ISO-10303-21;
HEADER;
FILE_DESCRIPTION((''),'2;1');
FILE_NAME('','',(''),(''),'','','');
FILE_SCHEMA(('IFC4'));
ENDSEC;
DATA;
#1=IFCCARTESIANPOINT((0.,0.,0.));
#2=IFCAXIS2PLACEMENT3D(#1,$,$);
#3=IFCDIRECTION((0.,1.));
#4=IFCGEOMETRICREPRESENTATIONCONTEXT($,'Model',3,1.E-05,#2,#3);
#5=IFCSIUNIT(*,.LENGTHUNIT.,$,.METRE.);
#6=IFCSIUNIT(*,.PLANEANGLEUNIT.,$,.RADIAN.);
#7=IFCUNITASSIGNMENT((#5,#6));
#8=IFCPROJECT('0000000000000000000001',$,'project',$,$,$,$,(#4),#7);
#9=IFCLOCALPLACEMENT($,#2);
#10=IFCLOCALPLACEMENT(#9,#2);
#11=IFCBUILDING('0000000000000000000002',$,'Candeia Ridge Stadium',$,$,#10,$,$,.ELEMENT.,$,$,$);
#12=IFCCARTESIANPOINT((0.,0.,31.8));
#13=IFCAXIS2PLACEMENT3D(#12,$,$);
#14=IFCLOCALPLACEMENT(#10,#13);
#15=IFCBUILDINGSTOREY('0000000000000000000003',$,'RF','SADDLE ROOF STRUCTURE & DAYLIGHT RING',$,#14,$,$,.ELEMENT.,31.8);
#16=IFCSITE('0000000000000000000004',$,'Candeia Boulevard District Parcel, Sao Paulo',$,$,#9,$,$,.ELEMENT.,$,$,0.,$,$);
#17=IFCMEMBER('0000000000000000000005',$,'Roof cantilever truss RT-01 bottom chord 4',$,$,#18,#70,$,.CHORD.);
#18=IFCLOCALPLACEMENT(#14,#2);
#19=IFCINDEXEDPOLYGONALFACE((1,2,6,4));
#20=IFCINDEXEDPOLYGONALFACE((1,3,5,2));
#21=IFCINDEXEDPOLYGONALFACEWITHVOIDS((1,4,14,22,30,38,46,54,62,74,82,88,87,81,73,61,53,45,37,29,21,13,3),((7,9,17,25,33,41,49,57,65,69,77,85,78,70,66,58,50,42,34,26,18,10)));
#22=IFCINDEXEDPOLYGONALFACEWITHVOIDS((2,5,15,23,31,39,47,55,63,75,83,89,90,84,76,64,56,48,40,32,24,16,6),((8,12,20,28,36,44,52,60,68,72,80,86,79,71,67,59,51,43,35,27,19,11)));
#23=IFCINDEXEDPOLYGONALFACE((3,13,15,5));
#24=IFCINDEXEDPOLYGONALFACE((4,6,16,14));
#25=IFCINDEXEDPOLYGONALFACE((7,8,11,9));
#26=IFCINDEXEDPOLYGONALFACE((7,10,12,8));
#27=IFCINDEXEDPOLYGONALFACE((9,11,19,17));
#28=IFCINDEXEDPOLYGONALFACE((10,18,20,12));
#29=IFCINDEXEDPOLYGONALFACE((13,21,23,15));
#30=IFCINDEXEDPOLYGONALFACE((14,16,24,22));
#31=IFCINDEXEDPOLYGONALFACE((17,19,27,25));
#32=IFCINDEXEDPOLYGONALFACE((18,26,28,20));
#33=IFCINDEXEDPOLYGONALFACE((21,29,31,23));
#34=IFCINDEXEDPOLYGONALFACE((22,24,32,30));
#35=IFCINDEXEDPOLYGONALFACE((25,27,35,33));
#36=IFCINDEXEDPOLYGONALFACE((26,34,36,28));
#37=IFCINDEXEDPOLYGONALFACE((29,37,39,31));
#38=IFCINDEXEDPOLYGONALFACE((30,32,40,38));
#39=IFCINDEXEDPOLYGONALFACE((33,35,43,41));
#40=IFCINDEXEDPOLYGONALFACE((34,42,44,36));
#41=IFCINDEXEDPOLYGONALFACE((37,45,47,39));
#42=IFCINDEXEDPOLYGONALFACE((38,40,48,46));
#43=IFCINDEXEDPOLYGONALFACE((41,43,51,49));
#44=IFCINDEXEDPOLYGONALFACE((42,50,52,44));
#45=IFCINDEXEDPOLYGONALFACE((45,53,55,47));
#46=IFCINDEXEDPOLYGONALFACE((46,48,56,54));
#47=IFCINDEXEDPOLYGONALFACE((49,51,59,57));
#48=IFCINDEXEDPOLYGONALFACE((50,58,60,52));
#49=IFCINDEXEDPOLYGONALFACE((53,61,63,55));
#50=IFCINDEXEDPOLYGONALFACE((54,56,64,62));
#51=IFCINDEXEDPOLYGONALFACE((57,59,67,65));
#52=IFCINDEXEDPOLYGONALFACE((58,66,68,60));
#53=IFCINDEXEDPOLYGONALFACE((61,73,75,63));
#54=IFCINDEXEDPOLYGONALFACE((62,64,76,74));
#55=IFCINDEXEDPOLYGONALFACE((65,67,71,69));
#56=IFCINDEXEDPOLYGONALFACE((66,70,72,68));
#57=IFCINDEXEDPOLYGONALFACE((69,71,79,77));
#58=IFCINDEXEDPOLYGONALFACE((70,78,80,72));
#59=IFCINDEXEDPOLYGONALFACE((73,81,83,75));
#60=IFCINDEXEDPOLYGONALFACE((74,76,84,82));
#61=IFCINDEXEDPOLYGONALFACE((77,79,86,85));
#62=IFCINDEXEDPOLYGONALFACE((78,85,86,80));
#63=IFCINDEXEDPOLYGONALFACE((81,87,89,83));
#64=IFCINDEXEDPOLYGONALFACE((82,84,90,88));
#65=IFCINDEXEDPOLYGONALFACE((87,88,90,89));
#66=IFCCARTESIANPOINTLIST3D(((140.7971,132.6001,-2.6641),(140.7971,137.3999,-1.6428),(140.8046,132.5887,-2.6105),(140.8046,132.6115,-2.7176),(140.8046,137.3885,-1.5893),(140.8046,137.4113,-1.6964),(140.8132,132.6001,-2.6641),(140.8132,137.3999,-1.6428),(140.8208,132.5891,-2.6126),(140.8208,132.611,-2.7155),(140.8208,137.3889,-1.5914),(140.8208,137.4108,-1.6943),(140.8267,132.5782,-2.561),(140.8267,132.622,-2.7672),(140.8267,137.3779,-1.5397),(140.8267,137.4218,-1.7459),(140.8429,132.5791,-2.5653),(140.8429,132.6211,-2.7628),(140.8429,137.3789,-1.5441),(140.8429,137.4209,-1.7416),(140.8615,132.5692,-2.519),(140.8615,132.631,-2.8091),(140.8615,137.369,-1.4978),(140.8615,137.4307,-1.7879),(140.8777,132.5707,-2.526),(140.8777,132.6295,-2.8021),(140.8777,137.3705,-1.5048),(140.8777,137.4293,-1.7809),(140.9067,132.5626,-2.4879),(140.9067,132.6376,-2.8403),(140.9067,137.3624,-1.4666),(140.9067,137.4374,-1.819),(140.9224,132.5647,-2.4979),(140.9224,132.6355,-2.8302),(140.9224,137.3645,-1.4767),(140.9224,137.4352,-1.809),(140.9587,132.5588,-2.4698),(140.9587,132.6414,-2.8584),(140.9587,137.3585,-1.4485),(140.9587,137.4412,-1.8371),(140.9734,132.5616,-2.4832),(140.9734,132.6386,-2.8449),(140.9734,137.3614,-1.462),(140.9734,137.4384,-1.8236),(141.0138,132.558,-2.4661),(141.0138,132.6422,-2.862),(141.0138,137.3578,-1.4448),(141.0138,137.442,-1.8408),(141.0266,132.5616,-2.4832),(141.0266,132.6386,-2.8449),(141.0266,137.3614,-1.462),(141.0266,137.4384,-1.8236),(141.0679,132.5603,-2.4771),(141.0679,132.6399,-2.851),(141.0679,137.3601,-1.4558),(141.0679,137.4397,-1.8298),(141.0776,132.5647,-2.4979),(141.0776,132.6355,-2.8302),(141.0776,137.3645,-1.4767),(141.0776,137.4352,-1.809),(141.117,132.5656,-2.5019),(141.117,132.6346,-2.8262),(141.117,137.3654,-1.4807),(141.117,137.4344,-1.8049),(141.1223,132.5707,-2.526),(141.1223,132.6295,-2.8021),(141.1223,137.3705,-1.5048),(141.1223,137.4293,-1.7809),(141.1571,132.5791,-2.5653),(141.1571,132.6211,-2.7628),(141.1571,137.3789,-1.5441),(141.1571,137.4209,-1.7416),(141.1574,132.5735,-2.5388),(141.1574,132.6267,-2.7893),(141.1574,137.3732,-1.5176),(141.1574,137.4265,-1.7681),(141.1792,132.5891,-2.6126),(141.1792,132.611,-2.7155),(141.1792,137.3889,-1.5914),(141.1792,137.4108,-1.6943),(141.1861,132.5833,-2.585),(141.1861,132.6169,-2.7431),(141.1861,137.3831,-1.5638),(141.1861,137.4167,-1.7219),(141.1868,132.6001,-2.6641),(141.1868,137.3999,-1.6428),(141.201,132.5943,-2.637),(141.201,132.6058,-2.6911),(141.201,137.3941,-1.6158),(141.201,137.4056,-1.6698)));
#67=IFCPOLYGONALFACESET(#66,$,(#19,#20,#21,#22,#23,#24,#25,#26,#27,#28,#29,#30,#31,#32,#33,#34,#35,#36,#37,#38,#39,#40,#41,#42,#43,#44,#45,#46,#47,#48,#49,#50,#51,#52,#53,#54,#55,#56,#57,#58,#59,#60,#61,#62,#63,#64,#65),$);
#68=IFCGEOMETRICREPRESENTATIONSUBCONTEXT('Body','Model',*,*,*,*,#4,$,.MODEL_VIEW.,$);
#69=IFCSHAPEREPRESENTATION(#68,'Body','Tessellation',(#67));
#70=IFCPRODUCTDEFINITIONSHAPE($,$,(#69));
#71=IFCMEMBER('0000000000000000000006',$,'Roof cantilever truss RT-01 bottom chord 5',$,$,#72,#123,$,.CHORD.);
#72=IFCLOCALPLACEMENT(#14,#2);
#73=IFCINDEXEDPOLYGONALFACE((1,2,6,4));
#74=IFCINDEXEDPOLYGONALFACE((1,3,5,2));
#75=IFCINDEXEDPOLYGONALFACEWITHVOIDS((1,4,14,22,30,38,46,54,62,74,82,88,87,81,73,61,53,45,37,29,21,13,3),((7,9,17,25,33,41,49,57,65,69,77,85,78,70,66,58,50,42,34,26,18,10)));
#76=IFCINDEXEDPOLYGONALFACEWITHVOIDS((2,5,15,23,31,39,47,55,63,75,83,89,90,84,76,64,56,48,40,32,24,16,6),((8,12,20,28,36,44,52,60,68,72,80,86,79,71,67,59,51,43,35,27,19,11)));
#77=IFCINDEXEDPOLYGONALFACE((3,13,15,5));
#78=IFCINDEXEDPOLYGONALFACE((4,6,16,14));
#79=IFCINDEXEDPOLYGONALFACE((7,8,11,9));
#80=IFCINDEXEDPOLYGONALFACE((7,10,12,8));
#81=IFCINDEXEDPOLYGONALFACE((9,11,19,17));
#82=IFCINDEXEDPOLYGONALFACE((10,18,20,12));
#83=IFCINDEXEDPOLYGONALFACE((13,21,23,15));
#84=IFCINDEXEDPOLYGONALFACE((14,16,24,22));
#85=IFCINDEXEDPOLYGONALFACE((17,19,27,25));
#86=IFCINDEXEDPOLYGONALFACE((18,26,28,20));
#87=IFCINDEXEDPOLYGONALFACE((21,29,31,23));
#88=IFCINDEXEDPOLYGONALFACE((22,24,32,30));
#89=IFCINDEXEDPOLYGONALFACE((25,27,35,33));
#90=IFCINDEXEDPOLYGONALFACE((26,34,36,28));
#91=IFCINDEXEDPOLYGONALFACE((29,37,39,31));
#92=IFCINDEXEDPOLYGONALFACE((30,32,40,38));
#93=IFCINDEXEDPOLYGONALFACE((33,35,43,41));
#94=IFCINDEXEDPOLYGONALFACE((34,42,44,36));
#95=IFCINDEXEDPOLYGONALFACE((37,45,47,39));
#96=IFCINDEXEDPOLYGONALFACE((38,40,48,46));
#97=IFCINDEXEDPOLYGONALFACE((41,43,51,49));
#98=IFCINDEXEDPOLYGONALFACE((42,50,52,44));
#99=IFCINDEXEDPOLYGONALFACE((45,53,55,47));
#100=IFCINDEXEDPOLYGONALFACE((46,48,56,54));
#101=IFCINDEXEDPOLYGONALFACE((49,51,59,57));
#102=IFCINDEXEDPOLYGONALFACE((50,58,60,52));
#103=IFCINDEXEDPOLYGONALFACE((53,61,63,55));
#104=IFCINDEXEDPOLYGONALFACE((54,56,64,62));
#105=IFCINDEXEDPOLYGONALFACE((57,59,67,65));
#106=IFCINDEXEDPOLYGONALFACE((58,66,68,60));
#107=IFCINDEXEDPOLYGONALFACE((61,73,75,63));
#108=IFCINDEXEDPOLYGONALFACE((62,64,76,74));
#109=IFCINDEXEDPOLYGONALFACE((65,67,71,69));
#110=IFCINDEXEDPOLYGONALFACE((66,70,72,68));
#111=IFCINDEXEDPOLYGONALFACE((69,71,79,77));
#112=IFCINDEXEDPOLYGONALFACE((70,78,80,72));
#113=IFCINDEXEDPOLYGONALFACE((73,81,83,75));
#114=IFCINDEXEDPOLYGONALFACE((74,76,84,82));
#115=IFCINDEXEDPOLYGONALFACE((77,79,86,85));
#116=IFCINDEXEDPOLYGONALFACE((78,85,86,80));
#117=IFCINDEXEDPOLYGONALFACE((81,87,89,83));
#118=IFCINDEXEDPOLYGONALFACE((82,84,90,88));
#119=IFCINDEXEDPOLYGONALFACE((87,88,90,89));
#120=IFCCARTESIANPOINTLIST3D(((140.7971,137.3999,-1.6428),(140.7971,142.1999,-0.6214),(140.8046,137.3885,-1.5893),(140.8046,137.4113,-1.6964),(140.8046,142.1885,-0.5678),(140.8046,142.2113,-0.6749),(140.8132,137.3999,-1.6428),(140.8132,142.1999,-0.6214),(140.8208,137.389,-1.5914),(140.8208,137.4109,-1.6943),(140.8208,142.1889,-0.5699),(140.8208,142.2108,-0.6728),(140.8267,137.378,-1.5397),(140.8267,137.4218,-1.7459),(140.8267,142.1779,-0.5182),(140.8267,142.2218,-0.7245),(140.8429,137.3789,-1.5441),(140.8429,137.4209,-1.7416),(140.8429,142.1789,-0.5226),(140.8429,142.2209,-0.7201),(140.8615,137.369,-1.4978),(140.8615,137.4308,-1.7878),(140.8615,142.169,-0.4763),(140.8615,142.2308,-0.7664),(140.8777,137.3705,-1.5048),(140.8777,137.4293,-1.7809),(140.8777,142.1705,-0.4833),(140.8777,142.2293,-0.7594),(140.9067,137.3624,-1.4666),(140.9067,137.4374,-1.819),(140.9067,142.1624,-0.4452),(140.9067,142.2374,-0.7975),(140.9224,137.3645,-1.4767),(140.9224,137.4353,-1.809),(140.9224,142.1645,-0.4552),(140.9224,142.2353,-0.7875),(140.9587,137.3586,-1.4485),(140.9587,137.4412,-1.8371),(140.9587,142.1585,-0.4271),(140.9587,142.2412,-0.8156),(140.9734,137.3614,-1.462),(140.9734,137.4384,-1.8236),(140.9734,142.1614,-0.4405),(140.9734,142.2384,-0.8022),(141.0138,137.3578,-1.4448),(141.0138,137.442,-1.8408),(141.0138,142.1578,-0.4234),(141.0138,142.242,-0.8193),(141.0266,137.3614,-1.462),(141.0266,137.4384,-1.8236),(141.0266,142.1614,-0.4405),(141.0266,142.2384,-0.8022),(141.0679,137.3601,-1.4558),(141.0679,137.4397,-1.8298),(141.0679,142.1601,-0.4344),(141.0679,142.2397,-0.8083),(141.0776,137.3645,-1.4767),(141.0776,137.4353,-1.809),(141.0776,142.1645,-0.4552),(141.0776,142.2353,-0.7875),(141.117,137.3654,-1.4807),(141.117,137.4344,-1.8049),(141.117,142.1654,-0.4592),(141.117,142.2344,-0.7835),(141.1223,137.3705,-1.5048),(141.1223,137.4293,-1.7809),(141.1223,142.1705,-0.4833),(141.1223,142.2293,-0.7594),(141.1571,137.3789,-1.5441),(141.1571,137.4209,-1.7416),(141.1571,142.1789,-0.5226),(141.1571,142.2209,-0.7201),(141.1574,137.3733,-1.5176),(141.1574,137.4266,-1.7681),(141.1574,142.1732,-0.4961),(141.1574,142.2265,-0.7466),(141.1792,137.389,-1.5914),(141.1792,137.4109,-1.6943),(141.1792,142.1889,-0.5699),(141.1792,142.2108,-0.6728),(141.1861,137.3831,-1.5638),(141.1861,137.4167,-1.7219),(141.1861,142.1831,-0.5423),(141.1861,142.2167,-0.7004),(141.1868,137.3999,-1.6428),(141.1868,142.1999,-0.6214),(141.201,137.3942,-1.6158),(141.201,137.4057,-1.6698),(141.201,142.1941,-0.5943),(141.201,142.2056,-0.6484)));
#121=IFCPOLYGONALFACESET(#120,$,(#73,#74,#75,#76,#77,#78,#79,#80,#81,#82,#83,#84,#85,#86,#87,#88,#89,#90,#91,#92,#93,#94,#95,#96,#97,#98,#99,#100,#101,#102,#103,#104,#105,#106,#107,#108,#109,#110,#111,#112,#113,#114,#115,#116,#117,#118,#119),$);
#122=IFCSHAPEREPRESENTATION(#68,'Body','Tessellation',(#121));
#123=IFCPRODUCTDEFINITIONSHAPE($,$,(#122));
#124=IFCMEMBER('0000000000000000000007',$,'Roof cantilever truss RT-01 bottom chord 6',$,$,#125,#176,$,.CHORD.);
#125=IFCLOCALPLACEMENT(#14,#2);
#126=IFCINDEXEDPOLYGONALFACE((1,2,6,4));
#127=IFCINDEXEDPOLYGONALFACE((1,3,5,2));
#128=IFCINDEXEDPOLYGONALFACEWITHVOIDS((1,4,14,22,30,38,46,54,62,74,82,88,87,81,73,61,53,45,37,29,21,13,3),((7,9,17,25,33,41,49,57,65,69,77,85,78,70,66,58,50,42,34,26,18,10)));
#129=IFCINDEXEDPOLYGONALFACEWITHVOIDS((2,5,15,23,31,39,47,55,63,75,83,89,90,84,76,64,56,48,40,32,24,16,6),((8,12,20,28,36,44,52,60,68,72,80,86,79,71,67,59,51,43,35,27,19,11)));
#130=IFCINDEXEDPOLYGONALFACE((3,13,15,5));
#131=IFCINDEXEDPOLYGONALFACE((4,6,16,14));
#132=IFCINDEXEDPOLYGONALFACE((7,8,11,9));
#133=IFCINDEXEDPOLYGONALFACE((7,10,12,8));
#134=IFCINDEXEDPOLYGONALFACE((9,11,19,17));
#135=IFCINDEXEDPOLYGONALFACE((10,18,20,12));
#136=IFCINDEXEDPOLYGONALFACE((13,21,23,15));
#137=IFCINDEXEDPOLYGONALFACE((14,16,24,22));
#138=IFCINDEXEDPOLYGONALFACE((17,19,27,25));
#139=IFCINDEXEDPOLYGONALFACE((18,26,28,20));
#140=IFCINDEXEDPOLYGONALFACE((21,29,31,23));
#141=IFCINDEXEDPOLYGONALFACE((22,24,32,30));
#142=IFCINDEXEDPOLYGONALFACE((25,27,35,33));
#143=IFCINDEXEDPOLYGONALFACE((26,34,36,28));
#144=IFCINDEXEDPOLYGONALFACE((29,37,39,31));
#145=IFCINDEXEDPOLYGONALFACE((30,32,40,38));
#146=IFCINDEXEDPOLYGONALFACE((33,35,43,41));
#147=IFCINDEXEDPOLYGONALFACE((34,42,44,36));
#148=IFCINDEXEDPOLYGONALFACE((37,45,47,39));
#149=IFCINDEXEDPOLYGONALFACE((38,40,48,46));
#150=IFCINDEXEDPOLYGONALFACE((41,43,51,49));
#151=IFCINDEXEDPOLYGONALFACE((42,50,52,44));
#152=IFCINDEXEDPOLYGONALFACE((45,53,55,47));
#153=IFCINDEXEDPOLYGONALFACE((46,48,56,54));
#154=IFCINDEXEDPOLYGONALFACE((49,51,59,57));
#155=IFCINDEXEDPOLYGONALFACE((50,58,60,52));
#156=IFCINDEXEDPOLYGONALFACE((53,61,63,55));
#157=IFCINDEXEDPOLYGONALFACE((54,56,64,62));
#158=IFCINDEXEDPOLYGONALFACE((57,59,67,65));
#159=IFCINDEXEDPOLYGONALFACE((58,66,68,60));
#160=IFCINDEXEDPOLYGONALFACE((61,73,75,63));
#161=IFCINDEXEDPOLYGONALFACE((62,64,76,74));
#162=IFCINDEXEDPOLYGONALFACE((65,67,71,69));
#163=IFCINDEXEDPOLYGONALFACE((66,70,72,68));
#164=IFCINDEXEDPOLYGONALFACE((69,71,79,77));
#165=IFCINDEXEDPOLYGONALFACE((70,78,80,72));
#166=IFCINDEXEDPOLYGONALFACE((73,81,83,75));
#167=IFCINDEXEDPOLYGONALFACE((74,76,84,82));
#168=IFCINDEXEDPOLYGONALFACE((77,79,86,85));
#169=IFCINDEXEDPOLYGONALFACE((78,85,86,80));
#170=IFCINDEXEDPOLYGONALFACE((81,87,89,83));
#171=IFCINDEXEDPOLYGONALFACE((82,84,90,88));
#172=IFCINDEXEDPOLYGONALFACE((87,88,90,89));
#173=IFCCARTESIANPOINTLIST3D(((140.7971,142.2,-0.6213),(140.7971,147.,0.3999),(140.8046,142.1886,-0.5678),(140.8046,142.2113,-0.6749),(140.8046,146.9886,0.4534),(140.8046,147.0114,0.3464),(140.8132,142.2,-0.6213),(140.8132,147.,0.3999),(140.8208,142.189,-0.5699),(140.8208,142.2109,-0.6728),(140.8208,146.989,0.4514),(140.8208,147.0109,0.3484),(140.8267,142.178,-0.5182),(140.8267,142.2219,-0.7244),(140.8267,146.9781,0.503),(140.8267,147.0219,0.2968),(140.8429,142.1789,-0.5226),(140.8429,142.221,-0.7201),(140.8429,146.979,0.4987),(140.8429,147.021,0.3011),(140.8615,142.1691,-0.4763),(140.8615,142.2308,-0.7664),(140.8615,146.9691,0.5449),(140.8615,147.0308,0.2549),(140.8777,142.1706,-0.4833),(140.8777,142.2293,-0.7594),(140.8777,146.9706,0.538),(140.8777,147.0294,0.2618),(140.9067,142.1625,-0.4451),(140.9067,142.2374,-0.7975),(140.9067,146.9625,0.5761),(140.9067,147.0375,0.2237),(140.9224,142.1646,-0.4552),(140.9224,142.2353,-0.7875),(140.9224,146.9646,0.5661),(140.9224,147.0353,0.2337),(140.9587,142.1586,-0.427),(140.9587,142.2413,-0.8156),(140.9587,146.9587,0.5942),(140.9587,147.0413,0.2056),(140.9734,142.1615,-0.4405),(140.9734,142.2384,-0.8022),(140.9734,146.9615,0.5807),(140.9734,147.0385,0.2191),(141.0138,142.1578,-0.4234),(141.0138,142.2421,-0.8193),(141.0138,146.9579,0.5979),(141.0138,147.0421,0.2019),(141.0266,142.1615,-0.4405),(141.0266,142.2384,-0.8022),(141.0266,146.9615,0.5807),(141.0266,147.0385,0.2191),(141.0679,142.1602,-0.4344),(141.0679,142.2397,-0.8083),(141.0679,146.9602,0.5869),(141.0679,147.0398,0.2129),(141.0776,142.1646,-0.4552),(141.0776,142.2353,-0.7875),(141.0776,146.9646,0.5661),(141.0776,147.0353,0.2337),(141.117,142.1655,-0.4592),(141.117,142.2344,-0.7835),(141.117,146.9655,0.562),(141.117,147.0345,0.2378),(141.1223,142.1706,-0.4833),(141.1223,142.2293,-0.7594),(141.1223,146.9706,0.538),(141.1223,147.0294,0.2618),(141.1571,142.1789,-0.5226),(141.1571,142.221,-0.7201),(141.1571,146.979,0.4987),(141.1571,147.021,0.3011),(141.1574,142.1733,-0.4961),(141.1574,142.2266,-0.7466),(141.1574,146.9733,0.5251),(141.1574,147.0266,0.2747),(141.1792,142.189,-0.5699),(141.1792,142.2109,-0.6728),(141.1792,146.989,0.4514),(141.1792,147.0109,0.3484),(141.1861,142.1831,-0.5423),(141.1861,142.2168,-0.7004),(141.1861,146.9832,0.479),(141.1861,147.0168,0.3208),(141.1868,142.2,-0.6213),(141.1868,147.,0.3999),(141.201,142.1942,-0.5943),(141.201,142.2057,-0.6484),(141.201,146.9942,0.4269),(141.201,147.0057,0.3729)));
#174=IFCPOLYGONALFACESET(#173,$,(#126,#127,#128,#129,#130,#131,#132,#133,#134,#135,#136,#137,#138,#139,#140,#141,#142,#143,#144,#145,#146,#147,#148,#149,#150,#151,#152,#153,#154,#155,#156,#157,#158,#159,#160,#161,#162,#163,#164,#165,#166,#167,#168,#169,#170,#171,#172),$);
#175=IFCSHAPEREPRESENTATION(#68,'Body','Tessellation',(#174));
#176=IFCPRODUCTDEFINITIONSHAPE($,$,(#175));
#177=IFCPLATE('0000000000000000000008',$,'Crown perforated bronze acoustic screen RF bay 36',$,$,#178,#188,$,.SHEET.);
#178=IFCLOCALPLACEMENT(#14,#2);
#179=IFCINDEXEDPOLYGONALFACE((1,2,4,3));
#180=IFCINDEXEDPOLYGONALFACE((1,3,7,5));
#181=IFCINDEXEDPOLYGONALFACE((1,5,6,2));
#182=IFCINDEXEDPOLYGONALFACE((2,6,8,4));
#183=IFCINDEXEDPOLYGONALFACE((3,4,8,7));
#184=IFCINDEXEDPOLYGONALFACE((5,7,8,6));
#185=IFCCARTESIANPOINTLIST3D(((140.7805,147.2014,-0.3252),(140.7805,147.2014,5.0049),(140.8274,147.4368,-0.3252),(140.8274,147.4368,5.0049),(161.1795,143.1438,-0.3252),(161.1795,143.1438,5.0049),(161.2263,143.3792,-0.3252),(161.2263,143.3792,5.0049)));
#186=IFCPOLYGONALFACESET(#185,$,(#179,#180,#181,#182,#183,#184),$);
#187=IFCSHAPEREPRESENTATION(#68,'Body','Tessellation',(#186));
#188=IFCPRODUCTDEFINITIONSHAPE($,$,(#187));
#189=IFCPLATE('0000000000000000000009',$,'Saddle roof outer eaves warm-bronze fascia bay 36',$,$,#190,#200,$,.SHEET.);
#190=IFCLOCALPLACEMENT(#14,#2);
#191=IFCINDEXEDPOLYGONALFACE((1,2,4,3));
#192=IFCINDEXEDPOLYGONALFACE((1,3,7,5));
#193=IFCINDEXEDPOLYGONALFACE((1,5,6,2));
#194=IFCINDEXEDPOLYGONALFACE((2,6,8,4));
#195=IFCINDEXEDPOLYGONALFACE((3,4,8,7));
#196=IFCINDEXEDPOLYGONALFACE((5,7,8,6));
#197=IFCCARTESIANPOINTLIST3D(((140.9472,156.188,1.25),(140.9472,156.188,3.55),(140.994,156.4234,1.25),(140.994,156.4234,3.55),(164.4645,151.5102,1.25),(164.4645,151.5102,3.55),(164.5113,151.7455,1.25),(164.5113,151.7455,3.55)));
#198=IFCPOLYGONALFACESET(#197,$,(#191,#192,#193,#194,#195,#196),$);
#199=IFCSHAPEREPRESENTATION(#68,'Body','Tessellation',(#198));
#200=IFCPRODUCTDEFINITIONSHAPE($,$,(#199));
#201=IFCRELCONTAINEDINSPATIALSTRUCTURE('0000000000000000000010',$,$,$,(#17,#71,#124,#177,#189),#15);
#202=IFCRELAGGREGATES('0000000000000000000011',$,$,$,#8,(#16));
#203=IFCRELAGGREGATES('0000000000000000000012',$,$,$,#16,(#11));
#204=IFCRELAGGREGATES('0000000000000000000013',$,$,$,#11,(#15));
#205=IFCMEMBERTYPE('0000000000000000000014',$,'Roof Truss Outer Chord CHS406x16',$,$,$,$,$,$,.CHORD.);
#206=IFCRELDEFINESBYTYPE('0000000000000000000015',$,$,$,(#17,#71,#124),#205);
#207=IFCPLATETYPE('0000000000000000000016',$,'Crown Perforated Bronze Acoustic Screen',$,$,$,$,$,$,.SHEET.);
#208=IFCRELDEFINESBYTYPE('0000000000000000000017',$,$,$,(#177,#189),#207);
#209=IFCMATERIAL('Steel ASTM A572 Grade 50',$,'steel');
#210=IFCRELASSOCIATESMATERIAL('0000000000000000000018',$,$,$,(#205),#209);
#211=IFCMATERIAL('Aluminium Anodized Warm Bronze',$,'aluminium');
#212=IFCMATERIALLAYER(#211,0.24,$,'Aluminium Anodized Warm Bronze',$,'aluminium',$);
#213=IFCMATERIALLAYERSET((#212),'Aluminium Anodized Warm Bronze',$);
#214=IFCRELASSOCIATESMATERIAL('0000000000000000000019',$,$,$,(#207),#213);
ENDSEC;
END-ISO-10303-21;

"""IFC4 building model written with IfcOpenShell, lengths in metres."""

from ifc_helpers import new_model, si_unit, direction, frame, origin, origin_2d, place, context, subcontext, project, spatial, rectangle, hollow_circle, extrude, material, layer, layer_set, material_profile, profile_set, type_object, element, save


model = new_model("IFC4")

# Units and contexts
model_context = context("Model", 3, precision=1e-05, world=origin(), true_north=direction((0.0, 1.0)))
body_context = subcontext(model_context, "Body", "Model", "MODEL_VIEW")
ifc_project = project(units=[si_unit("LENGTHUNIT", "METRE"), si_unit("PLANEANGLEUNIT", "RADIAN")], contexts=[model_context])

# Site, building, storey
site_placement = place(None, origin())
site = spatial("IfcSite", under=ifc_project, at=site_placement, Name="Candeia Boulevard District Parcel, Sao Paulo", CompositionType="ELEMENT", RefElevation=0.0)
building_placement = place(site_placement, origin())
building = spatial("IfcBuilding", under=site, at=building_placement, Name="Candeia Ridge Stadium", CompositionType="ELEMENT")
storey_placement = place(building_placement, frame((0.0, 0.0, 31.8)))
storey = spatial("IfcBuildingStorey", under=building, at=storey_placement, Name="RF", Description="SADDLE ROOF STRUCTURE & DAYLIGHT RING", CompositionType="ELEMENT", Elevation=31.8)

# Shared definitions
ifc_material_1 = material(Name="Steel ASTM A572 Grade 50", Category="steel")

# Members
ifc_material_profile_1 = material_profile(ifc_material_1, hollow_circle(Radius=0.2029, WallThickness=0.0161, at=origin_2d()), Name="CHS406x16", Category="steel")
ifc_profile_set_1 = profile_set([ifc_material_profile_1], Name="Steel ASTM A572 Grade 50")
member_type_1 = type_object("IfcMemberType", Name="Roof Truss Outer Chord CHS406x16", PredefinedType="CHORD", material=ifc_profile_set_1)
member_1_placement = place(storey_placement, frame((141.0, 132.6001, -2.6641), z_axis=(0.0, 0.978106, 0.208109), x_axis=(-1.0, 0.0, 0.0)))
element("IfcMember", 1, at=member_1_placement, inside=storey, type_object=member_type_1, Name="Roof cantilever truss RT-01 bottom chord 4", PredefinedType="CHORD", context=body_context, shape_type="SweptSolid", body=[
    extrude(hollow_circle(Radius=0.2029, WallThickness=0.0161, at=origin_2d()), origin(), (0.0, 0.0, 1.0), 4.9072),
])
for number, where, z_axis, x_axis, name in (
    (2, (141.0, 137.3999, -1.6428), (0.0, 0.978098, 0.208146), (-1.0, 0.0, 0.0), "Roof cantilever truss RT-01 bottom chord 5"),
    (3, (141.0, 142.2, -0.6213), (0.0, 0.978108, 0.208099), (-1.0, 0.0, 0.0), "Roof cantilever truss RT-01 bottom chord 6"),
):
    element("IfcMember", number, at=place(storey_placement, frame(where, z_axis=z_axis, x_axis=x_axis)), inside=storey, type_object=member_type_1, Name=name, PredefinedType="CHORD", context=body_context, shape_type="SweptSolid", body=[
        extrude(hollow_circle(Radius=0.2029, WallThickness=0.0161, at=origin_2d()), origin(), (0.0, 0.0, 1.0), 4.9075),
    ])

# Plates
ifc_material_2 = material(Name="Aluminium Anodized Warm Bronze", Category="aluminium")
ifc_layer_1 = layer(ifc_material_2, 0.24, Name="Aluminium Anodized Warm Bronze", Category="aluminium")
ifc_layer_set_1 = layer_set([ifc_layer_1], Name="Aluminium Anodized Warm Bronze")
plate_type_1 = type_object("IfcPlateType", Name="Crown Perforated Bronze Acoustic Screen", PredefinedType="SHEET", material=ifc_layer_set_1)
plate_1_placement = place(storey_placement, frame((151.0034, 145.2903, -0.3252), z_axis=(0.0, 0.0, 1.0), x_axis=(-0.980785, 0.19509, 0.0)))
element("IfcPlate", 4, at=plate_1_placement, inside=storey, type_object=plate_type_1, Name="Crown perforated bronze acoustic screen RF bay 36", PredefinedType="SHEET", context=body_context, shape_type="SweptSolid", body=[
    extrude(rectangle(XDim=20.7986, YDim=0.24, at=origin_2d()), origin(), (0.0, 0.0, 1.0), 5.3301),
])
plate_2_placement = place(storey_placement, frame((152.7292, 153.9668, 1.25), z_axis=(0.0, 0.0, 1.0), x_axis=(-0.980785, 0.19509, 0.0)))
element("IfcPlate", 5, at=plate_2_placement, inside=storey, type_object=plate_type_1, Name="Saddle roof outer eaves warm-bronze fascia bay 36", PredefinedType="SHEET", context=body_context, shape_type="SweptSolid", body=[
    extrude(rectangle(XDim=23.978, YDim=0.24, at=origin_2d()), origin(), (0.0, 0.0, 1.0), 2.3),
])

save(model, "model.ifc")
